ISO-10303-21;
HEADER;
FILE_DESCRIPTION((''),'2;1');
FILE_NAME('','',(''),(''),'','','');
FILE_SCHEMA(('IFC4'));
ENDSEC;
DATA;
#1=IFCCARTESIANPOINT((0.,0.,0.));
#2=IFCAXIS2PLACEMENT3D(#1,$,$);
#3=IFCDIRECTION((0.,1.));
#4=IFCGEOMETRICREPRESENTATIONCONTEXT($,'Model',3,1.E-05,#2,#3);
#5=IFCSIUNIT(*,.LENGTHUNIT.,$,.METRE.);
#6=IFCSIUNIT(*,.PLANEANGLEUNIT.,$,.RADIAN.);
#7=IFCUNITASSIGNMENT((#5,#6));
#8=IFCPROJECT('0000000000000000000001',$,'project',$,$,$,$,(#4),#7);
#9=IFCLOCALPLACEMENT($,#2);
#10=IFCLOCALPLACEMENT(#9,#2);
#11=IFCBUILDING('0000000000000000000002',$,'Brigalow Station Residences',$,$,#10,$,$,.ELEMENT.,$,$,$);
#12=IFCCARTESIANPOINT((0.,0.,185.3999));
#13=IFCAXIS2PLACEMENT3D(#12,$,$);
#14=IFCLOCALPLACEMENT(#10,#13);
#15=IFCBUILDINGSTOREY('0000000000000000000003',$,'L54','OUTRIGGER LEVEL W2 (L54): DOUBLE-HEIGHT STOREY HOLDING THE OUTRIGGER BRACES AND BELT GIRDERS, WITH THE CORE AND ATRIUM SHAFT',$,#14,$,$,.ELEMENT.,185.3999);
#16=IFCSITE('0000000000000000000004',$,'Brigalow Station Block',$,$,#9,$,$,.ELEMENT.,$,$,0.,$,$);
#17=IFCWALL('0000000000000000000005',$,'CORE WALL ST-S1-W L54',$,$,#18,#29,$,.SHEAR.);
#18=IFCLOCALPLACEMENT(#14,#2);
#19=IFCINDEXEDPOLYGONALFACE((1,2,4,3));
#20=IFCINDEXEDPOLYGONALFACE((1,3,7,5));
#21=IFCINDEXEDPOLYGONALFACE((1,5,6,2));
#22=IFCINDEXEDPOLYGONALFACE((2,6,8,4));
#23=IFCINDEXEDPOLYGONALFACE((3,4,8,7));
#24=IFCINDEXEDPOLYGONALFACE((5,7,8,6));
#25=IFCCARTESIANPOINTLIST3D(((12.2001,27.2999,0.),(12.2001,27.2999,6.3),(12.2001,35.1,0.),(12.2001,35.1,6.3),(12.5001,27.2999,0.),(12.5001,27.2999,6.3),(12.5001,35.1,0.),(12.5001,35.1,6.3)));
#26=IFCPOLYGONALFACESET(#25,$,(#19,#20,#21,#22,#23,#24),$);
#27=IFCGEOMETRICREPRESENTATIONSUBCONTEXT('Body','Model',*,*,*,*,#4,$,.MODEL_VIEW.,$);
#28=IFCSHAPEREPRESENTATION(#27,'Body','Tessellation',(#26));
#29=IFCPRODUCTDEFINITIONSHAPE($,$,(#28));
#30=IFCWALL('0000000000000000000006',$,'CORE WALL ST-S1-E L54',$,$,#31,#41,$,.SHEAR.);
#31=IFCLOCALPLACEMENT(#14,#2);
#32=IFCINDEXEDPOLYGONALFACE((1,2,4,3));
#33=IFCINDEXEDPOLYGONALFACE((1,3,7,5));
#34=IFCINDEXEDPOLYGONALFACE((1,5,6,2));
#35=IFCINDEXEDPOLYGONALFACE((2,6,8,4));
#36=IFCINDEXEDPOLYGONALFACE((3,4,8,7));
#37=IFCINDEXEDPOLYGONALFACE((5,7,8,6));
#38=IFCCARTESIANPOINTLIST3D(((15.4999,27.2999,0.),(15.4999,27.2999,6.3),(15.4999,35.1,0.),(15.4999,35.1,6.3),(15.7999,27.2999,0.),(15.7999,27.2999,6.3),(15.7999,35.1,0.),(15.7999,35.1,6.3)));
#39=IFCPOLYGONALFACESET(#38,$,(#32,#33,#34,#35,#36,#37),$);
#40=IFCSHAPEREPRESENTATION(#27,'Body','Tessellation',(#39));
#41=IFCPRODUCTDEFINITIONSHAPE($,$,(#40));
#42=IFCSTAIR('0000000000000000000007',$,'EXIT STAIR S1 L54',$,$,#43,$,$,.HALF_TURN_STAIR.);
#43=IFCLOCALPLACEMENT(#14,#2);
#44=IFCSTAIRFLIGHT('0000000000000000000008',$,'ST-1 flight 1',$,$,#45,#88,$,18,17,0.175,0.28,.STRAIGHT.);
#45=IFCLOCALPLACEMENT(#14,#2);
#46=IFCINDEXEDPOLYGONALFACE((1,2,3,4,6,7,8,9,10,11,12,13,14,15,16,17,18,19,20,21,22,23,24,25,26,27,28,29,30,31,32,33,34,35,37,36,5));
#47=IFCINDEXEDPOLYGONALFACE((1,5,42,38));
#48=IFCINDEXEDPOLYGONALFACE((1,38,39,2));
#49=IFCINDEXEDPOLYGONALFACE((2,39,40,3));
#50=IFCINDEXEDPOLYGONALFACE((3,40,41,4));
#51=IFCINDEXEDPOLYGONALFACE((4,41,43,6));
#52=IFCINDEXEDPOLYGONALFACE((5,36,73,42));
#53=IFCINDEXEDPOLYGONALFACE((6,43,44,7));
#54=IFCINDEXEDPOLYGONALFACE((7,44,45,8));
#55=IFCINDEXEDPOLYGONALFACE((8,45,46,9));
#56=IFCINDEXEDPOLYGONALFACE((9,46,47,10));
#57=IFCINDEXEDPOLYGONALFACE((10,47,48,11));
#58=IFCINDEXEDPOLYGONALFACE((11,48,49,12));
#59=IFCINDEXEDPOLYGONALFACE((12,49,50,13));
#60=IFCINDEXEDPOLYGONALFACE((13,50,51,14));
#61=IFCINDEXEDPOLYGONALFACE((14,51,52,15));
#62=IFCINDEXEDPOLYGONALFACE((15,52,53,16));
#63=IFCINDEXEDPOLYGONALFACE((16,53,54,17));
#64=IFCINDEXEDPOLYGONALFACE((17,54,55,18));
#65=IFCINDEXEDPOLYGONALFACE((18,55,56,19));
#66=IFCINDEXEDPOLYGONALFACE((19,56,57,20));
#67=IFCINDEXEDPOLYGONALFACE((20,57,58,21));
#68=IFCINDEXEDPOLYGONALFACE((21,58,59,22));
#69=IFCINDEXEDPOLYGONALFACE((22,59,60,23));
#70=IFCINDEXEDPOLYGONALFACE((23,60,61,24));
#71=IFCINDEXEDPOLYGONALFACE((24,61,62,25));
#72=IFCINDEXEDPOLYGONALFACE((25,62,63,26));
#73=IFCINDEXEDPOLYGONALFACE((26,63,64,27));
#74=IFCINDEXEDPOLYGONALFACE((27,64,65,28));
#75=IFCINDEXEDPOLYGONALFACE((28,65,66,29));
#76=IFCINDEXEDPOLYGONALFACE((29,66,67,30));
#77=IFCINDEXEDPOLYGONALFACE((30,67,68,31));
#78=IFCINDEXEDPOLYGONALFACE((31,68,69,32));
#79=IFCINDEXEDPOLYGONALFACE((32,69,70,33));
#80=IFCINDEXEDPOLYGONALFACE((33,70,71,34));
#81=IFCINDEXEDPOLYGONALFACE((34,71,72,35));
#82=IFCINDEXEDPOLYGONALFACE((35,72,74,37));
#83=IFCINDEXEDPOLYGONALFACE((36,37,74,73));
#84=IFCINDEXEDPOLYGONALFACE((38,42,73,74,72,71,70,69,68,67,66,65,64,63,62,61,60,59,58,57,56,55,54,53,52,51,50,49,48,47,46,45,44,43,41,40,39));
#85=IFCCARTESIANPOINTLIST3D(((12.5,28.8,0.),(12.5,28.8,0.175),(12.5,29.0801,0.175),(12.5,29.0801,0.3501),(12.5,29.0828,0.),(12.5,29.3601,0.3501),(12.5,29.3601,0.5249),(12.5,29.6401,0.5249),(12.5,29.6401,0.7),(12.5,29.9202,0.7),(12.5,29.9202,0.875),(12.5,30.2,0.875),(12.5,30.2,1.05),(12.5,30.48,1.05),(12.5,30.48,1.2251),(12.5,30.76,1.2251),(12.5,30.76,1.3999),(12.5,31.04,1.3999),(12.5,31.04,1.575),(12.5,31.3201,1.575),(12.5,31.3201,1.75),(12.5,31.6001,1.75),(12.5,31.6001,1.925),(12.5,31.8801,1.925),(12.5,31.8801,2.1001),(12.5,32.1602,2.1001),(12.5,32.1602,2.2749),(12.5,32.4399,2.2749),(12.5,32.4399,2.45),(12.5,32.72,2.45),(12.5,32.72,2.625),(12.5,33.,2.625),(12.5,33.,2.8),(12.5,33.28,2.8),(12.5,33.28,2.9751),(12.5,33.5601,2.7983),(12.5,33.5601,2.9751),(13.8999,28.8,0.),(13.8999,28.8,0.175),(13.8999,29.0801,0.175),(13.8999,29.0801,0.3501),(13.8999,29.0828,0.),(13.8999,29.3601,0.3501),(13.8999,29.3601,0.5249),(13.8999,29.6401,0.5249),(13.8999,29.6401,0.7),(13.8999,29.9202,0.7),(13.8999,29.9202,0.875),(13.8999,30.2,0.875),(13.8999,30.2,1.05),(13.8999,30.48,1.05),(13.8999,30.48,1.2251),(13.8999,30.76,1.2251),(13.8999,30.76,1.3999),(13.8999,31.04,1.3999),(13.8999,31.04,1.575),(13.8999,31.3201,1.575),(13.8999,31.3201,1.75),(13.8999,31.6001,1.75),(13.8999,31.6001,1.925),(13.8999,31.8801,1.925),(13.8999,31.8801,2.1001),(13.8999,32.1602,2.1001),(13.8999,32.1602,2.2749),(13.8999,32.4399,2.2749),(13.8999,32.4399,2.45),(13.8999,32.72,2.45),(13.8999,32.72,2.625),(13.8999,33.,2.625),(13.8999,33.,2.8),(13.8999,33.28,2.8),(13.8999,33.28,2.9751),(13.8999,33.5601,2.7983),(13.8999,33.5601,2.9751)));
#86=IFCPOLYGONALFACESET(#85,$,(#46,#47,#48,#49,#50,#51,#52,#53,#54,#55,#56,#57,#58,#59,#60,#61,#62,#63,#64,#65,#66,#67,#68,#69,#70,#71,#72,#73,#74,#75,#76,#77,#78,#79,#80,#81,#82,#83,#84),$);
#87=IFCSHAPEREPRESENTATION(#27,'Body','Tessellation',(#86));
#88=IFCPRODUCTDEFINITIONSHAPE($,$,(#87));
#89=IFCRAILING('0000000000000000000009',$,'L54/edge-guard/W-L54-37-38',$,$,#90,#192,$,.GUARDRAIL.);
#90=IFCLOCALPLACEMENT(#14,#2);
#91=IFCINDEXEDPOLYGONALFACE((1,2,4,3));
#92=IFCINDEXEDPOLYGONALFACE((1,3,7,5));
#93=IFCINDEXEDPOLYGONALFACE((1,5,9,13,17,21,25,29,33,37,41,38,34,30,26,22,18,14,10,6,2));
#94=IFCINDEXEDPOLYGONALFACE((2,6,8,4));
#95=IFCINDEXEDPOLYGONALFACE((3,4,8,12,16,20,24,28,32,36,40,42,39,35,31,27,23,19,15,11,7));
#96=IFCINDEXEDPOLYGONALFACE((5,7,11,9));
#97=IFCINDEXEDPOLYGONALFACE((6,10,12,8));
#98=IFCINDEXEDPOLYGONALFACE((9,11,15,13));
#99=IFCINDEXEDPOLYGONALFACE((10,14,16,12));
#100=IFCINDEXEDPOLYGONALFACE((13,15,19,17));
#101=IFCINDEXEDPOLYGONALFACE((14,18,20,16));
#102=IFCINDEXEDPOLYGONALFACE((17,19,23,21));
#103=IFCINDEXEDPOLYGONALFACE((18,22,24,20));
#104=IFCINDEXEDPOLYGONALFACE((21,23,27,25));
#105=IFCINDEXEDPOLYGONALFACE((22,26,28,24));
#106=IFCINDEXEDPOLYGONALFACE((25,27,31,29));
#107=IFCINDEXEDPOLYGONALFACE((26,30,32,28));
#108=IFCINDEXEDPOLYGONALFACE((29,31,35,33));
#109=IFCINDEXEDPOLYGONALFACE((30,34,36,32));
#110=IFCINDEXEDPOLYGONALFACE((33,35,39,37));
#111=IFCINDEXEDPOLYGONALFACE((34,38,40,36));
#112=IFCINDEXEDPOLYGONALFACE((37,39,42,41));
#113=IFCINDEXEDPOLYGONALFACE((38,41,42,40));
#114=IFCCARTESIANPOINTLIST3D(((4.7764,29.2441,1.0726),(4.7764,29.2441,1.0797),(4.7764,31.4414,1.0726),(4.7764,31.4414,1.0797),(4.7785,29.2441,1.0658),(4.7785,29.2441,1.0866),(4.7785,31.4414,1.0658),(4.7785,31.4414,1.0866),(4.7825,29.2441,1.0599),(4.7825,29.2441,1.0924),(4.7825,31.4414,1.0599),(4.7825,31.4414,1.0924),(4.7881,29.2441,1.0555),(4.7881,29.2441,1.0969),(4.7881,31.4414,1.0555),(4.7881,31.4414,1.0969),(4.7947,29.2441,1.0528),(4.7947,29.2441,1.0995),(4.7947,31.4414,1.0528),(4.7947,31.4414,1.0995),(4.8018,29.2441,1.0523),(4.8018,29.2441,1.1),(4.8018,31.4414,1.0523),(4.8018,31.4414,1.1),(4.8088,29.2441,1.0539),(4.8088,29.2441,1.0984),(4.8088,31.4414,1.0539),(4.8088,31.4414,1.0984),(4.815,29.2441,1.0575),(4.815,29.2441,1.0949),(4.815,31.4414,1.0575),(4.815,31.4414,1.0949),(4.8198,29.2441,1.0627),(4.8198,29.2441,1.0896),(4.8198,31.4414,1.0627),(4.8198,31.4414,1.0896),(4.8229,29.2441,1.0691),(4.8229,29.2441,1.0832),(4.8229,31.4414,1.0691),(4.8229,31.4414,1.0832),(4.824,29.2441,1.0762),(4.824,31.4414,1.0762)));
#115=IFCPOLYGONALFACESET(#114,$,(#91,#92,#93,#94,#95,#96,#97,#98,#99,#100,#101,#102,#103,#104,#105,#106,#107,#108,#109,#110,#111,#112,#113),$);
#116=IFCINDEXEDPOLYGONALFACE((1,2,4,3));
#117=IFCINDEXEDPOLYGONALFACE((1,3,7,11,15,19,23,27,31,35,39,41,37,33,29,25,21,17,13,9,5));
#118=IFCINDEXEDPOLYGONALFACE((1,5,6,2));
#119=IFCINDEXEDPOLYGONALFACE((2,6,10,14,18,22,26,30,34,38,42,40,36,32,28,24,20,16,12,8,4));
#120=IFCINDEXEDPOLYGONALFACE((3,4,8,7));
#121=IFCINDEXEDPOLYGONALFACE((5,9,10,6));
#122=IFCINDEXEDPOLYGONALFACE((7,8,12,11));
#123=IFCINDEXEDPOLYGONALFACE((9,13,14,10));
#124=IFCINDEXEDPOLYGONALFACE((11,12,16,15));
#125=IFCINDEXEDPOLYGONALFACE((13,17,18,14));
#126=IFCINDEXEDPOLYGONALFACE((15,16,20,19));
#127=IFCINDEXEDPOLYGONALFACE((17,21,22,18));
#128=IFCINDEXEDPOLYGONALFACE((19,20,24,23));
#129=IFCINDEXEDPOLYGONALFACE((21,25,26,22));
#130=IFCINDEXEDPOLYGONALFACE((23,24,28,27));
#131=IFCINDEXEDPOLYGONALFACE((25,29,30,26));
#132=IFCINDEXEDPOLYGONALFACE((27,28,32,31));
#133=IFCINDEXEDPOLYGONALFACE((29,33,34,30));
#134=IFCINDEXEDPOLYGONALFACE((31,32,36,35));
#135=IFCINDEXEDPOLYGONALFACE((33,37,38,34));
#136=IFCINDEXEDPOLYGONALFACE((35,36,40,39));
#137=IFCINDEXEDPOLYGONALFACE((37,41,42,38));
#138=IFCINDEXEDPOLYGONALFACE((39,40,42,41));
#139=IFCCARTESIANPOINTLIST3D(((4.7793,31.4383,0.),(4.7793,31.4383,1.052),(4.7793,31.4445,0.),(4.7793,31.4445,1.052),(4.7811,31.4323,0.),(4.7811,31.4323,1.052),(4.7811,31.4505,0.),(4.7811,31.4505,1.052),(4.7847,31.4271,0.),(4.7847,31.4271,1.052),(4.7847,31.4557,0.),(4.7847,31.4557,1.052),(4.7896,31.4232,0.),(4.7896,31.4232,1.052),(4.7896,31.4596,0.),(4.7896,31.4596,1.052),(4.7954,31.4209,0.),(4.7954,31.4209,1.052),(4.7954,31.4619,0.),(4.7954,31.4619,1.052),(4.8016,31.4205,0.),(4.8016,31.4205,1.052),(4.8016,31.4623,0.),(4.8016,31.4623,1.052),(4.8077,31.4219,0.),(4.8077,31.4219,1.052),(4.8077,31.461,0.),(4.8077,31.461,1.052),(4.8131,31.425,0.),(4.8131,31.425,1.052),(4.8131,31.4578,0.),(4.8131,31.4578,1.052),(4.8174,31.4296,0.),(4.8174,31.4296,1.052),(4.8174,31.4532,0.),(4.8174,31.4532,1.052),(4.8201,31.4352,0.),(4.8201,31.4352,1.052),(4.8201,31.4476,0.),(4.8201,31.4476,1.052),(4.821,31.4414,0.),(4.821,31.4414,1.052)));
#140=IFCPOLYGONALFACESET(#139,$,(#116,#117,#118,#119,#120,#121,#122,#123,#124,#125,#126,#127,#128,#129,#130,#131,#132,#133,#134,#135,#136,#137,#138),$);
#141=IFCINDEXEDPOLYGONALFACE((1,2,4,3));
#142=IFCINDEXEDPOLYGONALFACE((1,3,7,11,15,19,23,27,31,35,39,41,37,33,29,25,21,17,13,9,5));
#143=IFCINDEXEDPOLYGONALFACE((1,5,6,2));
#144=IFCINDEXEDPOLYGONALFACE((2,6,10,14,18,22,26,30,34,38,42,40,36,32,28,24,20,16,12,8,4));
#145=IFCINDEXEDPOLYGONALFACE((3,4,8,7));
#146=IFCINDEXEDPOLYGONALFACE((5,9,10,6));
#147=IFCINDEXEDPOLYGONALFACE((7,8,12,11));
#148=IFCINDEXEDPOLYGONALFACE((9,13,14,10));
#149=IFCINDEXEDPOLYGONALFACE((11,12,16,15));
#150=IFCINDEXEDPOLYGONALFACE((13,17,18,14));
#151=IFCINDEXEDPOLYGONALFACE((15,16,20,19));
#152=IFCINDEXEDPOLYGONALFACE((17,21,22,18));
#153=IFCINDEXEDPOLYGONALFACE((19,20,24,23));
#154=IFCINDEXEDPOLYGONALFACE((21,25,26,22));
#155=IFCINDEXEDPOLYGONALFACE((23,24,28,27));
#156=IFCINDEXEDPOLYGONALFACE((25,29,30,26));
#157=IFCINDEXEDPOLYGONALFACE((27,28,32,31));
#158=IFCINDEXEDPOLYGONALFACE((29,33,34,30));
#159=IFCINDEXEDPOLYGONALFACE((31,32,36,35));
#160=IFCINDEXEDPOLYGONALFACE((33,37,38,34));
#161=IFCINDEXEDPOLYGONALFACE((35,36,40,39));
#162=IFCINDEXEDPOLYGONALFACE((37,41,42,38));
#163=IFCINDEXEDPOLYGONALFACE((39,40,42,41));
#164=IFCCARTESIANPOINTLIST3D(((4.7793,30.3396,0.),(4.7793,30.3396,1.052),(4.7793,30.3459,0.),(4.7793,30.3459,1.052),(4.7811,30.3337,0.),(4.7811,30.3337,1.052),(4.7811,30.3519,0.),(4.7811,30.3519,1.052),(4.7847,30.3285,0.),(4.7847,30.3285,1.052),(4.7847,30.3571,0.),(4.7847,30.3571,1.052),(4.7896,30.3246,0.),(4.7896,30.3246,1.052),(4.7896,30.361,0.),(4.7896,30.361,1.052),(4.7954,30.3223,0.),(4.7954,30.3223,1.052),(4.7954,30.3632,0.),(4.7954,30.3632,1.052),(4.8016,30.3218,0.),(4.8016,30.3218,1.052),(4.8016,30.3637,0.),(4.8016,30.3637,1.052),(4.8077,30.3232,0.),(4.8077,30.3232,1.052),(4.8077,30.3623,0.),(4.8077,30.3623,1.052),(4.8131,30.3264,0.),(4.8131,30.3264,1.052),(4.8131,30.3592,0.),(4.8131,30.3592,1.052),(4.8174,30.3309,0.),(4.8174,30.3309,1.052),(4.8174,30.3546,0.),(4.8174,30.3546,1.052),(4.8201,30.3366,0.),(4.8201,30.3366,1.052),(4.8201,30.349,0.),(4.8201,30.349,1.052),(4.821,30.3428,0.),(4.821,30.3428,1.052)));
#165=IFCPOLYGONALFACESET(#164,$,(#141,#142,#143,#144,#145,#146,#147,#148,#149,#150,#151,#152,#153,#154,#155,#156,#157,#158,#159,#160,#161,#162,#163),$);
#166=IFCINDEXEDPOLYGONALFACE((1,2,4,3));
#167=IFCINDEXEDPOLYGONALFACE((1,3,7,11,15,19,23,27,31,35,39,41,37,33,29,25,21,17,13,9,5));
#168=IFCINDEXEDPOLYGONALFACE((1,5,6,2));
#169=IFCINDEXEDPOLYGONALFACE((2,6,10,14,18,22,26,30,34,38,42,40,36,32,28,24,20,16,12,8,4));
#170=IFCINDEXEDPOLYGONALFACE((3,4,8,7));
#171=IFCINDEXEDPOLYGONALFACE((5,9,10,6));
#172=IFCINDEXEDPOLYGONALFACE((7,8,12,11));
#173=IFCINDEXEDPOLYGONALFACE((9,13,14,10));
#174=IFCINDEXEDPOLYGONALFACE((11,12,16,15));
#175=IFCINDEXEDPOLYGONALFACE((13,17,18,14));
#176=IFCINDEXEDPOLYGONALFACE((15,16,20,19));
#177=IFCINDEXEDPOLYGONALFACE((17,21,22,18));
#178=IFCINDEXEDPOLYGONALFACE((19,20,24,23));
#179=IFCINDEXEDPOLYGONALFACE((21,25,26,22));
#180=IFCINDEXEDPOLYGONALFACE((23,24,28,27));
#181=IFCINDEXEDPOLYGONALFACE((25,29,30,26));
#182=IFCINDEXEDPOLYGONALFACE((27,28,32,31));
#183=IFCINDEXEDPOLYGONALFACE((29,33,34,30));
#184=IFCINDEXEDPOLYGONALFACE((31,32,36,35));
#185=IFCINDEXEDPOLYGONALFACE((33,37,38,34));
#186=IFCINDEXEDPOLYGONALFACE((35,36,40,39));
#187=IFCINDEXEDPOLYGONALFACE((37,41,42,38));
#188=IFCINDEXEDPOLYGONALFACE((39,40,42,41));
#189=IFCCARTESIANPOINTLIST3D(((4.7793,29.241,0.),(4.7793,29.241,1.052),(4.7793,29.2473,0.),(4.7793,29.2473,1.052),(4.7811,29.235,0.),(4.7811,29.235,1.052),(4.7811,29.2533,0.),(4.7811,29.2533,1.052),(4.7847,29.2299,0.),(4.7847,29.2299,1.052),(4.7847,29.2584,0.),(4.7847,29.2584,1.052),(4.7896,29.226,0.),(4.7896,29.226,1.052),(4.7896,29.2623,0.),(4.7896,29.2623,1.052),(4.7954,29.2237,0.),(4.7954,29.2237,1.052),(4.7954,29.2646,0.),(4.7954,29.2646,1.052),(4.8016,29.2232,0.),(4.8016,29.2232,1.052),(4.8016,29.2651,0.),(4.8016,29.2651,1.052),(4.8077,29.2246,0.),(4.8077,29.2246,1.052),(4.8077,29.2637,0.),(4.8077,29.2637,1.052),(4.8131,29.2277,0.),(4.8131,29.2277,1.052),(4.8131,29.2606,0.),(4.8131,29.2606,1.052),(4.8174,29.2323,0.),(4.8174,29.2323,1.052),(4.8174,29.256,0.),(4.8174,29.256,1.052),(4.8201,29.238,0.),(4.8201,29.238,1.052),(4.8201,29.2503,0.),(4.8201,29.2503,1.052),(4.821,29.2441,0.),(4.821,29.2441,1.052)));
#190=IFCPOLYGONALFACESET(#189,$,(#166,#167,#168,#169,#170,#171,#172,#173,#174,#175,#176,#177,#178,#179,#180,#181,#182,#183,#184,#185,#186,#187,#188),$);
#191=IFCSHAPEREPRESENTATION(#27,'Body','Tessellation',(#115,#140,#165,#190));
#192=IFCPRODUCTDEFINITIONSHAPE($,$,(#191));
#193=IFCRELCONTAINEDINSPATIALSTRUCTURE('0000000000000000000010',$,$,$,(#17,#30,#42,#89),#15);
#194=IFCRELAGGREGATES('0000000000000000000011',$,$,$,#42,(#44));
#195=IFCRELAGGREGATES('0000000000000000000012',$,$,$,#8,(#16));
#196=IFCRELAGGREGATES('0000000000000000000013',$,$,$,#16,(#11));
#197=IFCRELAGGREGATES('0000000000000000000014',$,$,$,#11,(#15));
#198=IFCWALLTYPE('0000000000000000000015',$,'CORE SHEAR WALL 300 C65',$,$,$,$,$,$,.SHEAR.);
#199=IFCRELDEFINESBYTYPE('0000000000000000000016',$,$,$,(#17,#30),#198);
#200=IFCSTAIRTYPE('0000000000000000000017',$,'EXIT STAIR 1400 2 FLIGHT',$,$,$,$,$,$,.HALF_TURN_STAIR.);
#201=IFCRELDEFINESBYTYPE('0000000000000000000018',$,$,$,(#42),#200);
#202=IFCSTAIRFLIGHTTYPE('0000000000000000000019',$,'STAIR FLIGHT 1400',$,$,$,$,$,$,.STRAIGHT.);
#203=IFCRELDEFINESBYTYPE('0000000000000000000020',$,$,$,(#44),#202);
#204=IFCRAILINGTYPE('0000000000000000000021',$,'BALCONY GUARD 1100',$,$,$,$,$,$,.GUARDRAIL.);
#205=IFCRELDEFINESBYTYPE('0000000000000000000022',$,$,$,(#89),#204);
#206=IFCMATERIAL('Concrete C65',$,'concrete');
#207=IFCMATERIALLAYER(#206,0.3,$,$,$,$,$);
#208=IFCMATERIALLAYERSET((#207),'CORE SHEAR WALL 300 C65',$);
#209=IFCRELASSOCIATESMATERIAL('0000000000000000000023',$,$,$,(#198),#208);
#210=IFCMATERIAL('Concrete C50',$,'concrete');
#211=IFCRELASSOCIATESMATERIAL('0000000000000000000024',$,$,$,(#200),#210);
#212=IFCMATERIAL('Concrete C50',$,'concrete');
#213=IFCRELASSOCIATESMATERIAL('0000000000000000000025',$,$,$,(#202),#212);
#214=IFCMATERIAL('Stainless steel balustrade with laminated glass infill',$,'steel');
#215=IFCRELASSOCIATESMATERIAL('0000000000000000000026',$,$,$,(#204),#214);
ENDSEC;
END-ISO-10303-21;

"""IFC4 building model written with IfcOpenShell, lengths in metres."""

from ifc_helpers import new_model, si_unit, direction, frame, frame_2d, origin, origin_2d, place, context, subcontext, project, spatial, polyline, rectangle, circle, outline, extrude, material, layer, layer_set, type_object, element, aggregate, save


model = new_model("IFC4")

# Units and contexts
model_context = context("Model", 3, precision=1e-05, world=origin(), true_north=direction((0.0, 1.0)))
body_context = subcontext(model_context, "Body", "Model", "MODEL_VIEW")
ifc_project = project(units=[si_unit("LENGTHUNIT", "METRE"), si_unit("PLANEANGLEUNIT", "RADIAN")], contexts=[model_context])

# Site, building, storey
site_placement = place(None, origin())
site = spatial("IfcSite", under=ifc_project, at=site_placement, Name="Brigalow Station Block", CompositionType="ELEMENT", RefElevation=0.0)
building_placement = place(site_placement, origin())
building = spatial("IfcBuilding", under=site, at=building_placement, Name="Brigalow Station Residences", CompositionType="ELEMENT")
storey_placement = place(building_placement, frame((0.0, 0.0, 185.3999)))
storey = spatial("IfcBuildingStorey", under=building, at=storey_placement, Name="L54", Description="OUTRIGGER LEVEL W2 (L54): DOUBLE-HEIGHT STOREY HOLDING THE OUTRIGGER BRACES AND BELT GIRDERS, WITH THE CORE AND ATRIUM SHAFT", CompositionType="ELEMENT", Elevation=185.3999)

# Shared definitions
ifc_material_1 = material(Name="Concrete C65", Category="concrete")
ifc_layer = layer(ifc_material_1, 0.3)
ifc_layer_set = layer_set([ifc_layer], Name="CORE SHEAR WALL 300 C65")
wall_type = type_object("IfcWallType", Name="CORE SHEAR WALL 300 C65", PredefinedType="SHEAR", material=ifc_layer_set)

# Walls
for number, where, z_axis, x_axis, name in (
    (1, (12.3501, 27.3, 0.0), (0.0, 0.0, 1.0), (0.0, 1.0, 0.0), "CORE WALL ST-S1-W L54"),
    (2, (15.6499, 27.3, 0.0), (0.0, 0.0, 1.0), (0.0, 1.0, 0.0), "CORE WALL ST-S1-E L54"),
):
    element("IfcWall", number, at=place(storey_placement, frame(where, z_axis=z_axis, x_axis=x_axis)), inside=storey, type_object=wall_type, Name=name, PredefinedType="SHEAR", context=body_context, shape_type="SweptSolid", body=[
        extrude(rectangle(XDim=7.8, YDim=0.3, at=frame_2d((3.8999, 0.0))), origin(), (0.0, 0.0, 1.0), 6.3),
    ])

# Stair, stair flight
ifc_material_2 = material(Name="Concrete C50", Category="concrete")
stair_type = type_object("IfcStairType", Name="EXIT STAIR 1400 2 FLIGHT", PredefinedType="HALF_TURN_STAIR", material=ifc_material_2)
stair_placement = place(storey_placement, origin())
stair = element("IfcStair", 3, at=stair_placement, inside=storey, type_object=stair_type, Name="EXIT STAIR S1 L54", PredefinedType="HALF_TURN_STAIR")
ifc_material_3 = material(Name="Concrete C50", Category="concrete")
stair_flight_type = type_object("IfcStairFlightType", Name="STAIR FLIGHT 1400", PredefinedType="STRAIGHT", material=ifc_material_3)
stair_flight_placement = place(storey_placement, frame((13.2, 28.8, 0.0), z_axis=(0.0, 0.0, 1.0), x_axis=(0.0, 1.0, 0.0)))
stair_flight = element("IfcStairFlight", 4, at=stair_flight_placement, type_object=stair_flight_type, Name="ST-1 flight 1", NumberOfRisers=18, NumberOfTreads=17, PredefinedType="STRAIGHT", RiserHeight=0.175, TreadLength=0.28, context=body_context, shape_type="SweptSolid", body=[
    extrude(outline(polyline([(0.0, 0.0), (0.0, 0.175), (0.28, 0.175), (0.28, 0.3501), (0.5601, 0.3501), (0.5601, 0.5249), (0.8401, 0.5249), (0.8401, 0.7), (1.1201, 0.7), (1.1201, 0.875), (1.3999, 0.875), (1.3999, 1.05), (1.6799, 1.05), (1.6799, 1.2251), (1.96, 1.2251), (1.96, 1.3999), (2.24, 1.3999), (2.24, 1.575), (2.52, 1.575), (2.52, 1.75), (2.8, 1.75), (2.8, 1.925), (3.0801, 1.925), (3.0801, 2.1001), (3.3601, 2.1001), (3.3601, 2.2749), (3.6399, 2.2749), (3.6399, 2.45), (3.9199, 2.45), (3.9199, 2.625), (4.2, 2.625), (4.2, 2.8), (4.48, 2.8), (4.48, 2.9751), (4.76, 2.9751), (4.76, 3.1499), (4.76, 2.7983), (0.2827, 0.0), (0.0, 0.0)])), frame((0.0, 0.7, 0.0), z_axis=(0.0, -1.0, 0.0), x_axis=(1.0, 0.0, 0.0)), (0.0, 0.0, 1.0), 1.3999),
])
aggregate(stair, [stair_flight])

# Railing
ifc_material_4 = material(Name="Stainless steel balustrade with laminated glass infill", Category="steel")
railing_type_1 = type_object("IfcRailingType", Name="BALCONY GUARD 1100", PredefinedType="GUARDRAIL", material=ifc_material_4)
railing_1_placement = place(storey_placement, frame((4.8, 31.4414, 0.0)))
element("IfcRailing", 5, at=railing_1_placement, inside=storey, type_object=railing_type_1, Name="L54/edge-guard/W-L54-37-38", PredefinedType="GUARDRAIL", context=body_context, shape_type="SweptSolid", body=[
    extrude(circle(Radius=0.0239, at=origin_2d()), frame((0.0, 0.0, 1.0762), z_axis=(0.0, -1.0, 0.0), x_axis=(1.0, 0.0, 0.0)), (0.0, 0.0, 1.0), 2.1973),
    extrude(circle(Radius=0.021, at=origin_2d()), origin(), (0.0, 0.0, 1.0), 1.052),
    extrude(circle(Radius=0.021, at=origin_2d()), frame((0.0, -1.0986, 0.0)), (0.0, 0.0, 1.0), 1.052),
    extrude(circle(Radius=0.021, at=origin_2d()), frame((0.0, -2.1973, 0.0)), (0.0, 0.0, 1.0), 1.052),
])

save(model, "model.ifc")
